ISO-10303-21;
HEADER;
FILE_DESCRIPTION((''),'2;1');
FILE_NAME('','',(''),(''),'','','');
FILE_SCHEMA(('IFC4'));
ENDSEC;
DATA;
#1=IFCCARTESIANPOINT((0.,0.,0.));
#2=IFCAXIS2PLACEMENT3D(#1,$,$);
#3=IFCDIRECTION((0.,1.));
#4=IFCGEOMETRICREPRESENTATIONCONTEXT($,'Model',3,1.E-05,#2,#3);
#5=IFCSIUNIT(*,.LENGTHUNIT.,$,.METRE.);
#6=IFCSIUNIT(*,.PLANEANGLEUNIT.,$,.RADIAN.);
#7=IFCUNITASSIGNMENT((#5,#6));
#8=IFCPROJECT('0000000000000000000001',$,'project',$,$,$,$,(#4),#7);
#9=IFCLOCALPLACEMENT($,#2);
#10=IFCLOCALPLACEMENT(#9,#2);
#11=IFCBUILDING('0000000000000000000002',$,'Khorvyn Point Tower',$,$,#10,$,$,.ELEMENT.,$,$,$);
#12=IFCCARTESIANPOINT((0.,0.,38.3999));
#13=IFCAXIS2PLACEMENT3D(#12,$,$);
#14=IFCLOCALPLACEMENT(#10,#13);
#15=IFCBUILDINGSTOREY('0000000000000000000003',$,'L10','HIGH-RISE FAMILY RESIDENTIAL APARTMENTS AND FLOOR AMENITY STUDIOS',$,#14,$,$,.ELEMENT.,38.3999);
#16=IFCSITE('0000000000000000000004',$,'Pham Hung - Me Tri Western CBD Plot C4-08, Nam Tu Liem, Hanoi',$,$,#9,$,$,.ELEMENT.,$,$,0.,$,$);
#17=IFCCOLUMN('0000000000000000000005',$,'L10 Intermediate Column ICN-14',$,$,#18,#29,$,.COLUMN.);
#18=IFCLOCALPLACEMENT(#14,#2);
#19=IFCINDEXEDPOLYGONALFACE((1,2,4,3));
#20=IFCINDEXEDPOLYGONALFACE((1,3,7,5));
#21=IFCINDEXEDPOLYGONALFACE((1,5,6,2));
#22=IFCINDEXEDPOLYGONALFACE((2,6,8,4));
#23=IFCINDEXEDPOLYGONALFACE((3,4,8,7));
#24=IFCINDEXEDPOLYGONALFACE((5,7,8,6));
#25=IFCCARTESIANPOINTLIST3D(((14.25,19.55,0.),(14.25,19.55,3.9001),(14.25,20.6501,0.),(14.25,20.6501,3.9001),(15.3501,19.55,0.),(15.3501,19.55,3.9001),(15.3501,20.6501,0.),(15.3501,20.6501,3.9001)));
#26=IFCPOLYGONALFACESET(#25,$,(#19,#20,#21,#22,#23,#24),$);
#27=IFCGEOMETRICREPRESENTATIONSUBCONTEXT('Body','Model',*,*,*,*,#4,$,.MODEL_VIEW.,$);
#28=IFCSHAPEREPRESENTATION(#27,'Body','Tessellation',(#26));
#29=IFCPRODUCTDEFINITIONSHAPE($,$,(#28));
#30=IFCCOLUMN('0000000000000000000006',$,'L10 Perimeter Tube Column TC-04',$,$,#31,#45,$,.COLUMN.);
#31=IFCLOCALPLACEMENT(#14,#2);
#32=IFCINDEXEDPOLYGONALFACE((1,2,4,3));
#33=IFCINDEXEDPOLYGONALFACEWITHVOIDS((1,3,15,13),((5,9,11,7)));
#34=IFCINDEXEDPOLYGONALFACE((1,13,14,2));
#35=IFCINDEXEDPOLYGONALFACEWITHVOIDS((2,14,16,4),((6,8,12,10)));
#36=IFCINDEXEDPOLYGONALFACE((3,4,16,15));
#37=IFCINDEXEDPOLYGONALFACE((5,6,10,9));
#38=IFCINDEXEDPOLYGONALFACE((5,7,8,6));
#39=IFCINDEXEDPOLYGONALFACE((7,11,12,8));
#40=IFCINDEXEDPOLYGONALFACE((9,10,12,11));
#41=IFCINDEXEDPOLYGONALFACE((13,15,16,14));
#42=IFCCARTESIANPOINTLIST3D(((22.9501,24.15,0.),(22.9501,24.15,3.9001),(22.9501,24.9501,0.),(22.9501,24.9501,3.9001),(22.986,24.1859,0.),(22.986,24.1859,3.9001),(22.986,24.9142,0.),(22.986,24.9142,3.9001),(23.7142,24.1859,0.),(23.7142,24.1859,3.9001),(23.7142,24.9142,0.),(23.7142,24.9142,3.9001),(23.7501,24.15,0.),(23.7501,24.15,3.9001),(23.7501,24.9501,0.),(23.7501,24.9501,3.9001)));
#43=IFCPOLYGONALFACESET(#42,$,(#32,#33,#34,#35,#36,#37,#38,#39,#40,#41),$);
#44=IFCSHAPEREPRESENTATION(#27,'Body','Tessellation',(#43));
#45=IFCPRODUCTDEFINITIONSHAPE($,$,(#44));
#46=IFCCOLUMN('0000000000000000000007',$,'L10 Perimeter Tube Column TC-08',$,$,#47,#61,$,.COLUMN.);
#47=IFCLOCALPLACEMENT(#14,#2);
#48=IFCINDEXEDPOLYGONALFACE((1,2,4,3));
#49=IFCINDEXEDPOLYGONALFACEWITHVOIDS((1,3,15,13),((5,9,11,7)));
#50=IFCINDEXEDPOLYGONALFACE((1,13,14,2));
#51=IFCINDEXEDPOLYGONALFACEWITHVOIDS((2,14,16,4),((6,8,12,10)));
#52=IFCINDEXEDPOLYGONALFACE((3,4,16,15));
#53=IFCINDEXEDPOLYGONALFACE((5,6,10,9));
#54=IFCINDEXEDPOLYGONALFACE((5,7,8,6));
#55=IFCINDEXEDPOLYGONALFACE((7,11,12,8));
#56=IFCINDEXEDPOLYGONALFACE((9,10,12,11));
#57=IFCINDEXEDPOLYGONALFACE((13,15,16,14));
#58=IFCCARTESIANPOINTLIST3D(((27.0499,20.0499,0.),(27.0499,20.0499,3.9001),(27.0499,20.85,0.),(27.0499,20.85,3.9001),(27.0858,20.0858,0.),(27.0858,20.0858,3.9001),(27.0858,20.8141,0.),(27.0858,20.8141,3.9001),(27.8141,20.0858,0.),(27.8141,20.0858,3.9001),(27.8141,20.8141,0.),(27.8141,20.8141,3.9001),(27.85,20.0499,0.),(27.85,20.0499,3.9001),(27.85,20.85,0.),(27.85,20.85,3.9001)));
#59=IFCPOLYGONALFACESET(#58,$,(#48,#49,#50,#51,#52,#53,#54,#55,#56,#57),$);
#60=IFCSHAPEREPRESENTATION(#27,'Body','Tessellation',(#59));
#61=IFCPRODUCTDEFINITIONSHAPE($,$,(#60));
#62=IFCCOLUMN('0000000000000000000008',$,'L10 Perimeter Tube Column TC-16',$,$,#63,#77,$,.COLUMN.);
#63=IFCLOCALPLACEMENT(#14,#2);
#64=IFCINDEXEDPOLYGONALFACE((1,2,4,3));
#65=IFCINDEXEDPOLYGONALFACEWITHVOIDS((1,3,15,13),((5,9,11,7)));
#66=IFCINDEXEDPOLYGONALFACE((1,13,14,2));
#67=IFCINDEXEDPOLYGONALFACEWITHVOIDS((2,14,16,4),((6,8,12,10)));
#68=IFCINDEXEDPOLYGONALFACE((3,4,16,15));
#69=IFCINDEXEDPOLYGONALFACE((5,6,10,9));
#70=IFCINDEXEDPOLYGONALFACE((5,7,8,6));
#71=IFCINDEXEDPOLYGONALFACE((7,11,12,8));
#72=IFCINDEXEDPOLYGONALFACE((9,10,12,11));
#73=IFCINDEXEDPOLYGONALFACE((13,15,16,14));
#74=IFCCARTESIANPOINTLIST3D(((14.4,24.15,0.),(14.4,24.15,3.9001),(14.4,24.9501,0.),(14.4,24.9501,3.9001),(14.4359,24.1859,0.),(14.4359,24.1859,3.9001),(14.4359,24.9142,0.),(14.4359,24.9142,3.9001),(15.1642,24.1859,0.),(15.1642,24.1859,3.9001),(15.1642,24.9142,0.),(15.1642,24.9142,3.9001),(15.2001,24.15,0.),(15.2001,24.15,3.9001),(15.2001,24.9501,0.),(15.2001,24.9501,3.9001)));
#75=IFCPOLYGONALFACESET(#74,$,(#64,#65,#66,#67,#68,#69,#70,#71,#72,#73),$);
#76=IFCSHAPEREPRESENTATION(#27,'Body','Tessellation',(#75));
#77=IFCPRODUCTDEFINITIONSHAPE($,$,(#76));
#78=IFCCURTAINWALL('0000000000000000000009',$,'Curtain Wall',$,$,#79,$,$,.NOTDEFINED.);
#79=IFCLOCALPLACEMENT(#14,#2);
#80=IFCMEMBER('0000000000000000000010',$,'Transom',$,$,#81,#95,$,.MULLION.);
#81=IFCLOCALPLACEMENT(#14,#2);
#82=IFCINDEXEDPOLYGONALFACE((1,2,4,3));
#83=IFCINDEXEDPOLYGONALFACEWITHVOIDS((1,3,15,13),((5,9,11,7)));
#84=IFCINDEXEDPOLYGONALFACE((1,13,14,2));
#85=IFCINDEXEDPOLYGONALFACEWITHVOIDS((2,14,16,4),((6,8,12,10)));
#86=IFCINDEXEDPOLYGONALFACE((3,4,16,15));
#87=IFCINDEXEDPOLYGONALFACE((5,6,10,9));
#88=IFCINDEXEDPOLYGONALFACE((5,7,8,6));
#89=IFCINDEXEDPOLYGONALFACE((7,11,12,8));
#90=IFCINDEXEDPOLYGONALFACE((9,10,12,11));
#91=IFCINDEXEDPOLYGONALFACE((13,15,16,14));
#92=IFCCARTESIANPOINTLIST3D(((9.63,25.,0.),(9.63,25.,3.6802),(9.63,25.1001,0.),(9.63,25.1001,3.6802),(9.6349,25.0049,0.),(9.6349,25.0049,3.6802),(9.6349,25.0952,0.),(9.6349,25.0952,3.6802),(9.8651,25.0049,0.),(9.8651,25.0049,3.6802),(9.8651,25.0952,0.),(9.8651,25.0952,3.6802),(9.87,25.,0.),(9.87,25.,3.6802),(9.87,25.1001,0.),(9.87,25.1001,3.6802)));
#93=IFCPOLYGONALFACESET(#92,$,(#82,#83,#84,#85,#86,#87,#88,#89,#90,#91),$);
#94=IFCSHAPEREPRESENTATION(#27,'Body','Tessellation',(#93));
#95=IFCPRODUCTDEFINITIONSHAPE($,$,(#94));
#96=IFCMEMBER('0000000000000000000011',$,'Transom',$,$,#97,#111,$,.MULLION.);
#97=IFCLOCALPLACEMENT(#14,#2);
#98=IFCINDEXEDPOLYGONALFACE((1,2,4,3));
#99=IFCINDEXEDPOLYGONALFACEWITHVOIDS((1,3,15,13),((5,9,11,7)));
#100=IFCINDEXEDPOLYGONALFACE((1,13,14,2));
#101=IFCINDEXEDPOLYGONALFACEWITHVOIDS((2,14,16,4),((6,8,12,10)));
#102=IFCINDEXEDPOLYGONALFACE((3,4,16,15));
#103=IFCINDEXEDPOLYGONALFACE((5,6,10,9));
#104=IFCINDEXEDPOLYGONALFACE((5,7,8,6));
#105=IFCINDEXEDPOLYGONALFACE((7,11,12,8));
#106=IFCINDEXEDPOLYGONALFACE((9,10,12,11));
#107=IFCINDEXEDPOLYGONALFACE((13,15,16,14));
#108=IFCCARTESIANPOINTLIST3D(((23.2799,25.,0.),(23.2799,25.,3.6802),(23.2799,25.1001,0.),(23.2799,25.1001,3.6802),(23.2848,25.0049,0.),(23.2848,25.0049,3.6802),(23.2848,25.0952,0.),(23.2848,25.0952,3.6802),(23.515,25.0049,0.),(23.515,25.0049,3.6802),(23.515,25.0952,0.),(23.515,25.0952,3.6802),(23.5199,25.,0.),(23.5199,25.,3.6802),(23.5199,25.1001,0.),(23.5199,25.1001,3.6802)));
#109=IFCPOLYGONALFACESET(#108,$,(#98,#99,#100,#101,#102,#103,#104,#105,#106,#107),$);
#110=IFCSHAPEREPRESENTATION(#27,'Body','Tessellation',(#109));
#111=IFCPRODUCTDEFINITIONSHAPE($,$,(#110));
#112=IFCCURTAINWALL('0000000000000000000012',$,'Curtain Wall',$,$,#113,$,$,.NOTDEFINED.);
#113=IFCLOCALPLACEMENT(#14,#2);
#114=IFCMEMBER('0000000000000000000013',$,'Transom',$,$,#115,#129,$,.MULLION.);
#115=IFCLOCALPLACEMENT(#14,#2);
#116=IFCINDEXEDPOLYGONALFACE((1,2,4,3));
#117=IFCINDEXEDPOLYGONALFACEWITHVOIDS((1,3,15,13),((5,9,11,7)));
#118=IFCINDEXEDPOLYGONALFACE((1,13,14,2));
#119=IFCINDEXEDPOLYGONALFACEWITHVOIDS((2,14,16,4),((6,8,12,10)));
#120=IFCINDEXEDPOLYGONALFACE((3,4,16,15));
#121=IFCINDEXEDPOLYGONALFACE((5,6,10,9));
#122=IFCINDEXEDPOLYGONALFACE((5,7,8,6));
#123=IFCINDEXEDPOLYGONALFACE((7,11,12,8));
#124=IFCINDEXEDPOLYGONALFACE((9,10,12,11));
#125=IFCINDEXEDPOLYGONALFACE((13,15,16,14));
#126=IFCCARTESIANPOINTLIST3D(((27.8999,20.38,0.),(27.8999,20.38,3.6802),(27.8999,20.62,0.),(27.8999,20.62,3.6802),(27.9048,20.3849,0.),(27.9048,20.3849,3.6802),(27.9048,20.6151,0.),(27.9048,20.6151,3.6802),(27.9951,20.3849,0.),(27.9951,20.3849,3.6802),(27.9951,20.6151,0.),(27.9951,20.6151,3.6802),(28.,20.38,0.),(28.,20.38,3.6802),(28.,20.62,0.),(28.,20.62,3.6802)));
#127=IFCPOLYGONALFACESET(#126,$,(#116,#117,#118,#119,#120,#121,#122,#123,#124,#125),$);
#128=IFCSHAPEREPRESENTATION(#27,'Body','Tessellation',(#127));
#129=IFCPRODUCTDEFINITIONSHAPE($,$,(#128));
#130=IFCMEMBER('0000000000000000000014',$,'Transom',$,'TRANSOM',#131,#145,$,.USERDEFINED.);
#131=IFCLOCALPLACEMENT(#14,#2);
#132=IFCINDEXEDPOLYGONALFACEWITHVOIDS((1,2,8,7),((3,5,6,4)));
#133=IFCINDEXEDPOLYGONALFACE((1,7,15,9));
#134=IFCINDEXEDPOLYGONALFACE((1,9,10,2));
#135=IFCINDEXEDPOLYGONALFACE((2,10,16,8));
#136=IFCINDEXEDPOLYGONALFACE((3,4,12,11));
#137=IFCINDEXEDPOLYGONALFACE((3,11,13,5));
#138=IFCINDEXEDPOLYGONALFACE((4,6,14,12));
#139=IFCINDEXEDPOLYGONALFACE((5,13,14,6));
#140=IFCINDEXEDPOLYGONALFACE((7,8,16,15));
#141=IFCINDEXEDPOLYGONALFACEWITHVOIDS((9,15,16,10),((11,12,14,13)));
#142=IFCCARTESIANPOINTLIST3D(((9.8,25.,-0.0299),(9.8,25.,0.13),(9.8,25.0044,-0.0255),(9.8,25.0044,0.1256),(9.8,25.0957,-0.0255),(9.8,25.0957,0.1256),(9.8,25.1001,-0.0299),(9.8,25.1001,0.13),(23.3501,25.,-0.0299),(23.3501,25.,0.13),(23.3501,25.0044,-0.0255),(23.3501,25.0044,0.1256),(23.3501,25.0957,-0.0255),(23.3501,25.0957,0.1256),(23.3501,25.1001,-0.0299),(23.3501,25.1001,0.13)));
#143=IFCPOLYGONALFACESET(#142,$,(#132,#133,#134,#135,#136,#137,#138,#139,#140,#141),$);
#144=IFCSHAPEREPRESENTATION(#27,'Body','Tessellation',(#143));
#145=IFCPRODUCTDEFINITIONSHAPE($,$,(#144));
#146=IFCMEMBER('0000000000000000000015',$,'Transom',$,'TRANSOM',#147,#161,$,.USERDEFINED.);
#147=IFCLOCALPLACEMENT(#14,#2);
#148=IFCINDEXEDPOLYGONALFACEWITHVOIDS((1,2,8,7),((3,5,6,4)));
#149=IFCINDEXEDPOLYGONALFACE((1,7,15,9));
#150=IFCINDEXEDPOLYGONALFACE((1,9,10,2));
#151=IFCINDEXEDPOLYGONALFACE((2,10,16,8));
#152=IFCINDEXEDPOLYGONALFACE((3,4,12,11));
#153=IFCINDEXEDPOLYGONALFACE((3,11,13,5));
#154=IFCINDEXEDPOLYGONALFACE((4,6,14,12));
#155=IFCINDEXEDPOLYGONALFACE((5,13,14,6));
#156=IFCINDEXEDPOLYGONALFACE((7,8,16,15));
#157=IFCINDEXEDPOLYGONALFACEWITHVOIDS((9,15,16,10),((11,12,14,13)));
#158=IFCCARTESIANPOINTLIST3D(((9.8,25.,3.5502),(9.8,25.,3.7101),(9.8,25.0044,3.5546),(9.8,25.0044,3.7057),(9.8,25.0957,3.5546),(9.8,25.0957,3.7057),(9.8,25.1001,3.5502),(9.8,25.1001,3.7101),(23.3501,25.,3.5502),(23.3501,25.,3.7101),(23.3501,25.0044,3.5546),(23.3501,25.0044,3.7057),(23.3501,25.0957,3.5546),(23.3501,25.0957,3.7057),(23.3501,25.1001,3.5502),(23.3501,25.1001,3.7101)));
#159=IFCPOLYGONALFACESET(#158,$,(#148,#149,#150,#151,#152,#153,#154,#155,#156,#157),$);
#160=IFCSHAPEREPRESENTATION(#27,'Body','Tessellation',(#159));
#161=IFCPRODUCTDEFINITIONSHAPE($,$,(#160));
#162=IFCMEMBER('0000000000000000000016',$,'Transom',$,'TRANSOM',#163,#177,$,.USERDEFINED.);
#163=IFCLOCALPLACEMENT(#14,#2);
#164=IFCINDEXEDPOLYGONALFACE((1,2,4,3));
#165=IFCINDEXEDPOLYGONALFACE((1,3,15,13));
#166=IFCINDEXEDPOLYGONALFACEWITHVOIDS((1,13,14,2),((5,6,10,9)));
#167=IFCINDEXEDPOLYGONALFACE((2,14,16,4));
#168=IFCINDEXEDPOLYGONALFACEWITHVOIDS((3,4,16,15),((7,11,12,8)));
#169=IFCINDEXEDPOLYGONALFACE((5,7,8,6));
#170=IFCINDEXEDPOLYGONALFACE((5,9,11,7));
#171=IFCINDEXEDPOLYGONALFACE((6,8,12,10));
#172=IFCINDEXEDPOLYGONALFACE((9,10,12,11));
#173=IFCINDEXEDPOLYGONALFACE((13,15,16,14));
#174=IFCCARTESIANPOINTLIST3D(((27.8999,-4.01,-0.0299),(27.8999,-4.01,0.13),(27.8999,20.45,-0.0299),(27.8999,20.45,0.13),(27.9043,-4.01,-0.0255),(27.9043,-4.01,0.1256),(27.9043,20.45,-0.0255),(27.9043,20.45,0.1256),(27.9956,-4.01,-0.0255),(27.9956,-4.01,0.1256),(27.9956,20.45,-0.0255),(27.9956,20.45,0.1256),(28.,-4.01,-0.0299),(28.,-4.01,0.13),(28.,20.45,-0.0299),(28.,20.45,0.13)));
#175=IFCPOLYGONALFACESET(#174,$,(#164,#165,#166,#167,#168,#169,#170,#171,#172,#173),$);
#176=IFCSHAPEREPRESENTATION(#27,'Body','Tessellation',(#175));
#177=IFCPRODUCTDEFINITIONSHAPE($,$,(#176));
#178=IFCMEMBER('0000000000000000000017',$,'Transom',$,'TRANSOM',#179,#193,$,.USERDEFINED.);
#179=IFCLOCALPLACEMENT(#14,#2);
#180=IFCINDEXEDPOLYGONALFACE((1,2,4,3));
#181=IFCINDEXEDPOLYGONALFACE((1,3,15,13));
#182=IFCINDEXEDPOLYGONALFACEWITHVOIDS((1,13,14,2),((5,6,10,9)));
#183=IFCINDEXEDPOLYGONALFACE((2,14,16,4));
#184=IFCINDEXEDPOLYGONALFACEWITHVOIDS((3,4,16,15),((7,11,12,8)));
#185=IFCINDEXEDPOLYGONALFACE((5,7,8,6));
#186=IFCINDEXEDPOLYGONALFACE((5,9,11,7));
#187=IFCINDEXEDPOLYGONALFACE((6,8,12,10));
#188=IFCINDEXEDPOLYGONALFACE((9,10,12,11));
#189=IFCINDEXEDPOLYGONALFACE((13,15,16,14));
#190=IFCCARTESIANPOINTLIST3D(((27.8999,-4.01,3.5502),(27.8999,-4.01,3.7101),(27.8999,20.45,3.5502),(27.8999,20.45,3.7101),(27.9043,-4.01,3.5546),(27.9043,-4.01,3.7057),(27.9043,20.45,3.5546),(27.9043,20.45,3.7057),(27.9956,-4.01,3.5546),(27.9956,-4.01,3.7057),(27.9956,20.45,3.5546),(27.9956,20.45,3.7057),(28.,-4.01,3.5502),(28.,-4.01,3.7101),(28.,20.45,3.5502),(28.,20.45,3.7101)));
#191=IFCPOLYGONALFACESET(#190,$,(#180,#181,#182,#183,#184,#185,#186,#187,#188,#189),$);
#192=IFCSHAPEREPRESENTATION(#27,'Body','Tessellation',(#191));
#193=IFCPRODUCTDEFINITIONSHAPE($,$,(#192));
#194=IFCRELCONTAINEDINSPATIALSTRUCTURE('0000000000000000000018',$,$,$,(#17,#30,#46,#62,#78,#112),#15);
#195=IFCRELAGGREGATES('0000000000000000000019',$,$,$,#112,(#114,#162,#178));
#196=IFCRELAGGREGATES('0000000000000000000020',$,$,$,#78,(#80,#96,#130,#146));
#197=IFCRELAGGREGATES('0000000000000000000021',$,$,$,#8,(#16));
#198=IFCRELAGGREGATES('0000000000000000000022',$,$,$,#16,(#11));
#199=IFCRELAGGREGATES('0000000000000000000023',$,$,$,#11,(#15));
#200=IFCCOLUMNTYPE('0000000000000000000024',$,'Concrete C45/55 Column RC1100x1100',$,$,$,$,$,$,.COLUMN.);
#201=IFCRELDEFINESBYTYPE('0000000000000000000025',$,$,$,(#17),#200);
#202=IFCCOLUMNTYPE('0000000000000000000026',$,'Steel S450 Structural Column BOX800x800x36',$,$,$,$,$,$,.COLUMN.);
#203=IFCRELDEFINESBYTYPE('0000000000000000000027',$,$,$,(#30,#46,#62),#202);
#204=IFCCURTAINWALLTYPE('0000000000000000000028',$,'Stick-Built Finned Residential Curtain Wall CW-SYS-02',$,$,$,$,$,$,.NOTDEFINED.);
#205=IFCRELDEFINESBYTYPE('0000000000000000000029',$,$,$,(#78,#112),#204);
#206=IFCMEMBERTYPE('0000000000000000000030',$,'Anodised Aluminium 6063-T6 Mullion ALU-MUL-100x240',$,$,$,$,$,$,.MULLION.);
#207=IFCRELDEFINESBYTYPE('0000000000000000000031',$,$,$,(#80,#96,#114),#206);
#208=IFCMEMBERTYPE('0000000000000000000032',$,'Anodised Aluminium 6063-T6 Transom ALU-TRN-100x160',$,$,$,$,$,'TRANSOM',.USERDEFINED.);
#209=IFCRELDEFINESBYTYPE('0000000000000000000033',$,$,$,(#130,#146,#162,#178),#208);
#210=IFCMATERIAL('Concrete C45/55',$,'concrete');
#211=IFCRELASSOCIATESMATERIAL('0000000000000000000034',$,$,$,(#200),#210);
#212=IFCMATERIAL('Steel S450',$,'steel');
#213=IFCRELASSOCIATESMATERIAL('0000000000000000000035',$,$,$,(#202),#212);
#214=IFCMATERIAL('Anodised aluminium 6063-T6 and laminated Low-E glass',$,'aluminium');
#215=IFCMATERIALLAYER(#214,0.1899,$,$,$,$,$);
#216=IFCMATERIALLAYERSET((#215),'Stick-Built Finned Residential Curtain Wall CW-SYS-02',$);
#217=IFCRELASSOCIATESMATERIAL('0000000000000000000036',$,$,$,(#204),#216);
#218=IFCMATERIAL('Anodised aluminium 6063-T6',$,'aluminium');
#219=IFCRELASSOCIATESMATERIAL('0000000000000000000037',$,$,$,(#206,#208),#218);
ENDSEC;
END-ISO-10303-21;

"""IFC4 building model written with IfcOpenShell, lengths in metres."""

from ifc_helpers import new_model, si_unit, direction, frame, origin, origin_2d, place, context, subcontext, project, spatial, rectangle, hollow_rectangle, extrude, material, layer, layer_set, material_profile, profile_set, type_object, element, aggregate, save


model = new_model("IFC4")

# Units and contexts
model_context = context("Model", 3, precision=1e-05, world=origin(), true_north=direction((0.0, 1.0)))
body_context = subcontext(model_context, "Body", "Model", "MODEL_VIEW")
ifc_project = project(units=[si_unit("LENGTHUNIT", "METRE"), si_unit("PLANEANGLEUNIT", "RADIAN")], contexts=[model_context])

# Site, building, storey
site_placement = place(None, origin())
site = spatial("IfcSite", under=ifc_project, at=site_placement, Name="Pham Hung - Me Tri Western CBD Plot C4-08, Nam Tu Liem, Hanoi", CompositionType="ELEMENT", RefElevation=0.0)
building_placement = place(site_placement, origin())
building = spatial("IfcBuilding", under=site, at=building_placement, Name="Khorvyn Point Tower", CompositionType="ELEMENT")
storey_placement = place(building_placement, frame((0.0, 0.0, 38.3999)))
storey = spatial("IfcBuildingStorey", under=building, at=storey_placement, Name="L10", Description="HIGH-RISE FAMILY RESIDENTIAL APARTMENTS AND FLOOR AMENITY STUDIOS", CompositionType="ELEMENT", Elevation=38.3999)

# Columns
ifc_material_1 = material(Name="Concrete C45/55", Category="concrete")
ifc_material_profile_1 = material_profile(ifc_material_1, rectangle(XDim=1.1001, YDim=1.1001, at=origin_2d()))
ifc_profile_set_1 = profile_set([ifc_material_profile_1], Name="Concrete C45/55 RC1100x1100")
column_type_1 = type_object("IfcColumnType", Name="Concrete C45/55 Column RC1100x1100", PredefinedType="COLUMN", material=ifc_profile_set_1)
column_placement = place(storey_placement, frame((14.8, 20.1001, 0.0), z_axis=(0.0, 0.0, 1.0), x_axis=(1.0, 0.0, 0.0)))
element("IfcColumn", 1, at=column_placement, inside=storey, type_object=column_type_1, Name="L10 Intermediate Column ICN-14", PredefinedType="COLUMN", context=body_context, shape_type="SweptSolid", body=[
    extrude(rectangle(XDim=1.1001, YDim=1.1001, at=origin_2d()), origin(), (0.0, 0.0, 1.0), 3.9001),
])
ifc_material_2 = material(Name="Steel S450", Category="steel")
ifc_material_profile_2 = material_profile(ifc_material_2, hollow_rectangle(XDim=0.8, YDim=0.8, WallThickness=0.0359, at=origin_2d()))
ifc_profile_set_2 = profile_set([ifc_material_profile_2], Name="Steel S450 BOX800x800x36")
column_type_2 = type_object("IfcColumnType", Name="Steel S450 Structural Column BOX800x800x36", PredefinedType="COLUMN", material=ifc_profile_set_2)
for number, where, z_axis, x_axis, name in (
    (2, (23.3501, 24.55, 0.0), (0.0, 0.0, 1.0), (1.0, 0.0, 0.0), "L10 Perimeter Tube Column TC-04"),
    (3, (27.45, 20.45, 0.0), (0.0, 0.0, 1.0), (1.0, 0.0, 0.0), "L10 Perimeter Tube Column TC-08"),
    (4, (14.8, 24.55, 0.0), (0.0, 0.0, 1.0), (1.0, 0.0, 0.0), "L10 Perimeter Tube Column TC-16"),
):
    element("IfcColumn", number, at=place(storey_placement, frame(where, z_axis=z_axis, x_axis=x_axis)), inside=storey, type_object=column_type_2, Name=name, PredefinedType="COLUMN", context=body_context, shape_type="SweptSolid", body=[
        extrude(hollow_rectangle(XDim=0.8, YDim=0.8, WallThickness=0.0359, at=origin_2d()), origin(), (0.0, 0.0, 1.0), 3.9001),
    ])

# Curtain wall, members
ifc_material_3 = material(Name="Anodised aluminium 6063-T6 and laminated Low-E glass", Category="aluminium")
ifc_layer_1 = layer(ifc_material_3, 0.1899)
ifc_layer_set_1 = layer_set([ifc_layer_1], Name="Stick-Built Finned Residential Curtain Wall CW-SYS-02")
curtain_wall_type = type_object("IfcCurtainWallType", Name="Stick-Built Finned Residential Curtain Wall CW-SYS-02", PredefinedType="NOTDEFINED", material=ifc_layer_set_1)
curtain_wall_1_placement = place(storey_placement, origin())
curtain_wall_1 = element("IfcCurtainWall", 5, at=curtain_wall_1_placement, inside=storey, type_object=curtain_wall_type, Name="Curtain Wall", PredefinedType="NOTDEFINED")
ifc_material_4 = material(Name="Anodised aluminium 6063-T6", Category="aluminium")
ifc_material_profile_3 = material_profile(ifc_material_4, hollow_rectangle(XDim=0.1001, YDim=0.24, WallThickness=0.0049, at=origin_2d()))
ifc_profile_set_3 = profile_set([ifc_material_profile_3], Name="Anodised aluminium 6063-T6 ALU-MUL-100x240")
member_type_1 = type_object("IfcMemberType", Name="Anodised Aluminium 6063-T6 Mullion ALU-MUL-100x240", PredefinedType="MULLION", material=ifc_profile_set_3)
member_1_placement = place(storey_placement, frame((9.75, 25.05, 0.0), z_axis=(0.0, 0.0, 1.0), x_axis=(0.0, 1.0, 0.0)))
member_1 = element("IfcMember", 6, at=member_1_placement, type_object=member_type_1, Name="Transom", PredefinedType="MULLION", context=body_context, shape_type="SweptSolid", body=[
    extrude(hollow_rectangle(XDim=0.1001, YDim=0.24, WallThickness=0.0049, at=origin_2d()), origin(), (0.0, 0.0, 1.0), 3.6802),
])
member_2_placement = place(storey_placement, frame((23.3999, 25.05, 0.0), z_axis=(0.0, 0.0, 1.0), x_axis=(0.0, 1.0, 0.0)))
member_2 = element("IfcMember", 7, at=member_2_placement, type_object=member_type_1, Name="Transom", PredefinedType="MULLION", context=body_context, shape_type="SweptSolid", body=[
    extrude(hollow_rectangle(XDim=0.1001, YDim=0.24, WallThickness=0.0049, at=origin_2d()), origin(), (0.0, 0.0, 1.0), 3.6802),
])

# Curtain wall, member
curtain_wall_2_placement = place(storey_placement, origin())
curtain_wall_2 = element("IfcCurtainWall", 8, at=curtain_wall_2_placement, inside=storey, type_object=curtain_wall_type, Name="Curtain Wall", PredefinedType="NOTDEFINED")
member_3_placement = place(storey_placement, frame((27.95, 20.5, 0.0), z_axis=(0.0, 0.0, 1.0), x_axis=(1.0, 0.0, 0.0)))
member_3 = element("IfcMember", 9, at=member_3_placement, type_object=member_type_1, Name="Transom", PredefinedType="MULLION", context=body_context, shape_type="SweptSolid", body=[
    extrude(hollow_rectangle(XDim=0.1001, YDim=0.24, WallThickness=0.0049, at=origin_2d()), origin(), (0.0, 0.0, 1.0), 3.6802),
])

# Members
ifc_material_profile_4 = material_profile(ifc_material_4, hollow_rectangle(XDim=0.1001, YDim=0.1599, WallThickness=0.0044, at=origin_2d()))
ifc_profile_set_4 = profile_set([ifc_material_profile_4], Name="Anodised aluminium 6063-T6 ALU-TRN-100x160")
member_type_2 = type_object("IfcMemberType", Name="Anodised Aluminium 6063-T6 Transom ALU-TRN-100x160", ElementType="TRANSOM", PredefinedType="USERDEFINED", material=ifc_profile_set_4)
member_4_placement = place(storey_placement, frame((9.8, 25.05, 0.05), z_axis=(1.0, 0.0, 0.0), x_axis=(0.0, 1.0, 0.0)))
member_4 = element("IfcMember", 10, at=member_4_placement, type_object=member_type_2, Name="Transom", ObjectType="TRANSOM", PredefinedType="USERDEFINED", context=body_context, shape_type="SweptSolid", body=[
    extrude(hollow_rectangle(XDim=0.1001, YDim=0.1599, WallThickness=0.0044, at=origin_2d()), origin(), (0.0, 0.0, 1.0), 13.55),
])
member_5_placement = place(storey_placement, frame((9.8, 25.05, 3.6301), z_axis=(1.0, 0.0, 0.0), x_axis=(0.0, 1.0, 0.0)))
member_5 = element("IfcMember", 11, at=member_5_placement, type_object=member_type_2, Name="Transom", ObjectType="TRANSOM", PredefinedType="USERDEFINED", context=body_context, shape_type="SweptSolid", body=[
    extrude(hollow_rectangle(XDim=0.1001, YDim=0.1599, WallThickness=0.0044, at=origin_2d()), origin(), (0.0, 0.0, 1.0), 13.55),
])
member_6_placement = place(storey_placement, frame((27.95, 20.45, 0.05), z_axis=(0.0, -1.0, 0.0), x_axis=(1.0, 0.0, 0.0)))
member_6 = element("IfcMember", 12, at=member_6_placement, type_object=member_type_2, Name="Transom", ObjectType="TRANSOM", PredefinedType="USERDEFINED", context=body_context, shape_type="SweptSolid", body=[
    extrude(hollow_rectangle(XDim=0.1001, YDim=0.1599, WallThickness=0.0044, at=origin_2d()), origin(), (0.0, 0.0, 1.0), 24.46),
])
member_7_placement = place(storey_placement, frame((27.95, 20.45, 3.6301), z_axis=(0.0, -1.0, 0.0), x_axis=(1.0, 0.0, 0.0)))
member_7 = element("IfcMember", 13, at=member_7_placement, type_object=member_type_2, Name="Transom", ObjectType="TRANSOM", PredefinedType="USERDEFINED", context=body_context, shape_type="SweptSolid", body=[
    extrude(hollow_rectangle(XDim=0.1001, YDim=0.1599, WallThickness=0.0044, at=origin_2d()), origin(), (0.0, 0.0, 1.0), 24.46),
])
aggregate(curtain_wall_2, [member_3, member_6, member_7])

aggregate(curtain_wall_1, [member_1, member_2, member_4, member_5])

save(model, "model.ifc")
